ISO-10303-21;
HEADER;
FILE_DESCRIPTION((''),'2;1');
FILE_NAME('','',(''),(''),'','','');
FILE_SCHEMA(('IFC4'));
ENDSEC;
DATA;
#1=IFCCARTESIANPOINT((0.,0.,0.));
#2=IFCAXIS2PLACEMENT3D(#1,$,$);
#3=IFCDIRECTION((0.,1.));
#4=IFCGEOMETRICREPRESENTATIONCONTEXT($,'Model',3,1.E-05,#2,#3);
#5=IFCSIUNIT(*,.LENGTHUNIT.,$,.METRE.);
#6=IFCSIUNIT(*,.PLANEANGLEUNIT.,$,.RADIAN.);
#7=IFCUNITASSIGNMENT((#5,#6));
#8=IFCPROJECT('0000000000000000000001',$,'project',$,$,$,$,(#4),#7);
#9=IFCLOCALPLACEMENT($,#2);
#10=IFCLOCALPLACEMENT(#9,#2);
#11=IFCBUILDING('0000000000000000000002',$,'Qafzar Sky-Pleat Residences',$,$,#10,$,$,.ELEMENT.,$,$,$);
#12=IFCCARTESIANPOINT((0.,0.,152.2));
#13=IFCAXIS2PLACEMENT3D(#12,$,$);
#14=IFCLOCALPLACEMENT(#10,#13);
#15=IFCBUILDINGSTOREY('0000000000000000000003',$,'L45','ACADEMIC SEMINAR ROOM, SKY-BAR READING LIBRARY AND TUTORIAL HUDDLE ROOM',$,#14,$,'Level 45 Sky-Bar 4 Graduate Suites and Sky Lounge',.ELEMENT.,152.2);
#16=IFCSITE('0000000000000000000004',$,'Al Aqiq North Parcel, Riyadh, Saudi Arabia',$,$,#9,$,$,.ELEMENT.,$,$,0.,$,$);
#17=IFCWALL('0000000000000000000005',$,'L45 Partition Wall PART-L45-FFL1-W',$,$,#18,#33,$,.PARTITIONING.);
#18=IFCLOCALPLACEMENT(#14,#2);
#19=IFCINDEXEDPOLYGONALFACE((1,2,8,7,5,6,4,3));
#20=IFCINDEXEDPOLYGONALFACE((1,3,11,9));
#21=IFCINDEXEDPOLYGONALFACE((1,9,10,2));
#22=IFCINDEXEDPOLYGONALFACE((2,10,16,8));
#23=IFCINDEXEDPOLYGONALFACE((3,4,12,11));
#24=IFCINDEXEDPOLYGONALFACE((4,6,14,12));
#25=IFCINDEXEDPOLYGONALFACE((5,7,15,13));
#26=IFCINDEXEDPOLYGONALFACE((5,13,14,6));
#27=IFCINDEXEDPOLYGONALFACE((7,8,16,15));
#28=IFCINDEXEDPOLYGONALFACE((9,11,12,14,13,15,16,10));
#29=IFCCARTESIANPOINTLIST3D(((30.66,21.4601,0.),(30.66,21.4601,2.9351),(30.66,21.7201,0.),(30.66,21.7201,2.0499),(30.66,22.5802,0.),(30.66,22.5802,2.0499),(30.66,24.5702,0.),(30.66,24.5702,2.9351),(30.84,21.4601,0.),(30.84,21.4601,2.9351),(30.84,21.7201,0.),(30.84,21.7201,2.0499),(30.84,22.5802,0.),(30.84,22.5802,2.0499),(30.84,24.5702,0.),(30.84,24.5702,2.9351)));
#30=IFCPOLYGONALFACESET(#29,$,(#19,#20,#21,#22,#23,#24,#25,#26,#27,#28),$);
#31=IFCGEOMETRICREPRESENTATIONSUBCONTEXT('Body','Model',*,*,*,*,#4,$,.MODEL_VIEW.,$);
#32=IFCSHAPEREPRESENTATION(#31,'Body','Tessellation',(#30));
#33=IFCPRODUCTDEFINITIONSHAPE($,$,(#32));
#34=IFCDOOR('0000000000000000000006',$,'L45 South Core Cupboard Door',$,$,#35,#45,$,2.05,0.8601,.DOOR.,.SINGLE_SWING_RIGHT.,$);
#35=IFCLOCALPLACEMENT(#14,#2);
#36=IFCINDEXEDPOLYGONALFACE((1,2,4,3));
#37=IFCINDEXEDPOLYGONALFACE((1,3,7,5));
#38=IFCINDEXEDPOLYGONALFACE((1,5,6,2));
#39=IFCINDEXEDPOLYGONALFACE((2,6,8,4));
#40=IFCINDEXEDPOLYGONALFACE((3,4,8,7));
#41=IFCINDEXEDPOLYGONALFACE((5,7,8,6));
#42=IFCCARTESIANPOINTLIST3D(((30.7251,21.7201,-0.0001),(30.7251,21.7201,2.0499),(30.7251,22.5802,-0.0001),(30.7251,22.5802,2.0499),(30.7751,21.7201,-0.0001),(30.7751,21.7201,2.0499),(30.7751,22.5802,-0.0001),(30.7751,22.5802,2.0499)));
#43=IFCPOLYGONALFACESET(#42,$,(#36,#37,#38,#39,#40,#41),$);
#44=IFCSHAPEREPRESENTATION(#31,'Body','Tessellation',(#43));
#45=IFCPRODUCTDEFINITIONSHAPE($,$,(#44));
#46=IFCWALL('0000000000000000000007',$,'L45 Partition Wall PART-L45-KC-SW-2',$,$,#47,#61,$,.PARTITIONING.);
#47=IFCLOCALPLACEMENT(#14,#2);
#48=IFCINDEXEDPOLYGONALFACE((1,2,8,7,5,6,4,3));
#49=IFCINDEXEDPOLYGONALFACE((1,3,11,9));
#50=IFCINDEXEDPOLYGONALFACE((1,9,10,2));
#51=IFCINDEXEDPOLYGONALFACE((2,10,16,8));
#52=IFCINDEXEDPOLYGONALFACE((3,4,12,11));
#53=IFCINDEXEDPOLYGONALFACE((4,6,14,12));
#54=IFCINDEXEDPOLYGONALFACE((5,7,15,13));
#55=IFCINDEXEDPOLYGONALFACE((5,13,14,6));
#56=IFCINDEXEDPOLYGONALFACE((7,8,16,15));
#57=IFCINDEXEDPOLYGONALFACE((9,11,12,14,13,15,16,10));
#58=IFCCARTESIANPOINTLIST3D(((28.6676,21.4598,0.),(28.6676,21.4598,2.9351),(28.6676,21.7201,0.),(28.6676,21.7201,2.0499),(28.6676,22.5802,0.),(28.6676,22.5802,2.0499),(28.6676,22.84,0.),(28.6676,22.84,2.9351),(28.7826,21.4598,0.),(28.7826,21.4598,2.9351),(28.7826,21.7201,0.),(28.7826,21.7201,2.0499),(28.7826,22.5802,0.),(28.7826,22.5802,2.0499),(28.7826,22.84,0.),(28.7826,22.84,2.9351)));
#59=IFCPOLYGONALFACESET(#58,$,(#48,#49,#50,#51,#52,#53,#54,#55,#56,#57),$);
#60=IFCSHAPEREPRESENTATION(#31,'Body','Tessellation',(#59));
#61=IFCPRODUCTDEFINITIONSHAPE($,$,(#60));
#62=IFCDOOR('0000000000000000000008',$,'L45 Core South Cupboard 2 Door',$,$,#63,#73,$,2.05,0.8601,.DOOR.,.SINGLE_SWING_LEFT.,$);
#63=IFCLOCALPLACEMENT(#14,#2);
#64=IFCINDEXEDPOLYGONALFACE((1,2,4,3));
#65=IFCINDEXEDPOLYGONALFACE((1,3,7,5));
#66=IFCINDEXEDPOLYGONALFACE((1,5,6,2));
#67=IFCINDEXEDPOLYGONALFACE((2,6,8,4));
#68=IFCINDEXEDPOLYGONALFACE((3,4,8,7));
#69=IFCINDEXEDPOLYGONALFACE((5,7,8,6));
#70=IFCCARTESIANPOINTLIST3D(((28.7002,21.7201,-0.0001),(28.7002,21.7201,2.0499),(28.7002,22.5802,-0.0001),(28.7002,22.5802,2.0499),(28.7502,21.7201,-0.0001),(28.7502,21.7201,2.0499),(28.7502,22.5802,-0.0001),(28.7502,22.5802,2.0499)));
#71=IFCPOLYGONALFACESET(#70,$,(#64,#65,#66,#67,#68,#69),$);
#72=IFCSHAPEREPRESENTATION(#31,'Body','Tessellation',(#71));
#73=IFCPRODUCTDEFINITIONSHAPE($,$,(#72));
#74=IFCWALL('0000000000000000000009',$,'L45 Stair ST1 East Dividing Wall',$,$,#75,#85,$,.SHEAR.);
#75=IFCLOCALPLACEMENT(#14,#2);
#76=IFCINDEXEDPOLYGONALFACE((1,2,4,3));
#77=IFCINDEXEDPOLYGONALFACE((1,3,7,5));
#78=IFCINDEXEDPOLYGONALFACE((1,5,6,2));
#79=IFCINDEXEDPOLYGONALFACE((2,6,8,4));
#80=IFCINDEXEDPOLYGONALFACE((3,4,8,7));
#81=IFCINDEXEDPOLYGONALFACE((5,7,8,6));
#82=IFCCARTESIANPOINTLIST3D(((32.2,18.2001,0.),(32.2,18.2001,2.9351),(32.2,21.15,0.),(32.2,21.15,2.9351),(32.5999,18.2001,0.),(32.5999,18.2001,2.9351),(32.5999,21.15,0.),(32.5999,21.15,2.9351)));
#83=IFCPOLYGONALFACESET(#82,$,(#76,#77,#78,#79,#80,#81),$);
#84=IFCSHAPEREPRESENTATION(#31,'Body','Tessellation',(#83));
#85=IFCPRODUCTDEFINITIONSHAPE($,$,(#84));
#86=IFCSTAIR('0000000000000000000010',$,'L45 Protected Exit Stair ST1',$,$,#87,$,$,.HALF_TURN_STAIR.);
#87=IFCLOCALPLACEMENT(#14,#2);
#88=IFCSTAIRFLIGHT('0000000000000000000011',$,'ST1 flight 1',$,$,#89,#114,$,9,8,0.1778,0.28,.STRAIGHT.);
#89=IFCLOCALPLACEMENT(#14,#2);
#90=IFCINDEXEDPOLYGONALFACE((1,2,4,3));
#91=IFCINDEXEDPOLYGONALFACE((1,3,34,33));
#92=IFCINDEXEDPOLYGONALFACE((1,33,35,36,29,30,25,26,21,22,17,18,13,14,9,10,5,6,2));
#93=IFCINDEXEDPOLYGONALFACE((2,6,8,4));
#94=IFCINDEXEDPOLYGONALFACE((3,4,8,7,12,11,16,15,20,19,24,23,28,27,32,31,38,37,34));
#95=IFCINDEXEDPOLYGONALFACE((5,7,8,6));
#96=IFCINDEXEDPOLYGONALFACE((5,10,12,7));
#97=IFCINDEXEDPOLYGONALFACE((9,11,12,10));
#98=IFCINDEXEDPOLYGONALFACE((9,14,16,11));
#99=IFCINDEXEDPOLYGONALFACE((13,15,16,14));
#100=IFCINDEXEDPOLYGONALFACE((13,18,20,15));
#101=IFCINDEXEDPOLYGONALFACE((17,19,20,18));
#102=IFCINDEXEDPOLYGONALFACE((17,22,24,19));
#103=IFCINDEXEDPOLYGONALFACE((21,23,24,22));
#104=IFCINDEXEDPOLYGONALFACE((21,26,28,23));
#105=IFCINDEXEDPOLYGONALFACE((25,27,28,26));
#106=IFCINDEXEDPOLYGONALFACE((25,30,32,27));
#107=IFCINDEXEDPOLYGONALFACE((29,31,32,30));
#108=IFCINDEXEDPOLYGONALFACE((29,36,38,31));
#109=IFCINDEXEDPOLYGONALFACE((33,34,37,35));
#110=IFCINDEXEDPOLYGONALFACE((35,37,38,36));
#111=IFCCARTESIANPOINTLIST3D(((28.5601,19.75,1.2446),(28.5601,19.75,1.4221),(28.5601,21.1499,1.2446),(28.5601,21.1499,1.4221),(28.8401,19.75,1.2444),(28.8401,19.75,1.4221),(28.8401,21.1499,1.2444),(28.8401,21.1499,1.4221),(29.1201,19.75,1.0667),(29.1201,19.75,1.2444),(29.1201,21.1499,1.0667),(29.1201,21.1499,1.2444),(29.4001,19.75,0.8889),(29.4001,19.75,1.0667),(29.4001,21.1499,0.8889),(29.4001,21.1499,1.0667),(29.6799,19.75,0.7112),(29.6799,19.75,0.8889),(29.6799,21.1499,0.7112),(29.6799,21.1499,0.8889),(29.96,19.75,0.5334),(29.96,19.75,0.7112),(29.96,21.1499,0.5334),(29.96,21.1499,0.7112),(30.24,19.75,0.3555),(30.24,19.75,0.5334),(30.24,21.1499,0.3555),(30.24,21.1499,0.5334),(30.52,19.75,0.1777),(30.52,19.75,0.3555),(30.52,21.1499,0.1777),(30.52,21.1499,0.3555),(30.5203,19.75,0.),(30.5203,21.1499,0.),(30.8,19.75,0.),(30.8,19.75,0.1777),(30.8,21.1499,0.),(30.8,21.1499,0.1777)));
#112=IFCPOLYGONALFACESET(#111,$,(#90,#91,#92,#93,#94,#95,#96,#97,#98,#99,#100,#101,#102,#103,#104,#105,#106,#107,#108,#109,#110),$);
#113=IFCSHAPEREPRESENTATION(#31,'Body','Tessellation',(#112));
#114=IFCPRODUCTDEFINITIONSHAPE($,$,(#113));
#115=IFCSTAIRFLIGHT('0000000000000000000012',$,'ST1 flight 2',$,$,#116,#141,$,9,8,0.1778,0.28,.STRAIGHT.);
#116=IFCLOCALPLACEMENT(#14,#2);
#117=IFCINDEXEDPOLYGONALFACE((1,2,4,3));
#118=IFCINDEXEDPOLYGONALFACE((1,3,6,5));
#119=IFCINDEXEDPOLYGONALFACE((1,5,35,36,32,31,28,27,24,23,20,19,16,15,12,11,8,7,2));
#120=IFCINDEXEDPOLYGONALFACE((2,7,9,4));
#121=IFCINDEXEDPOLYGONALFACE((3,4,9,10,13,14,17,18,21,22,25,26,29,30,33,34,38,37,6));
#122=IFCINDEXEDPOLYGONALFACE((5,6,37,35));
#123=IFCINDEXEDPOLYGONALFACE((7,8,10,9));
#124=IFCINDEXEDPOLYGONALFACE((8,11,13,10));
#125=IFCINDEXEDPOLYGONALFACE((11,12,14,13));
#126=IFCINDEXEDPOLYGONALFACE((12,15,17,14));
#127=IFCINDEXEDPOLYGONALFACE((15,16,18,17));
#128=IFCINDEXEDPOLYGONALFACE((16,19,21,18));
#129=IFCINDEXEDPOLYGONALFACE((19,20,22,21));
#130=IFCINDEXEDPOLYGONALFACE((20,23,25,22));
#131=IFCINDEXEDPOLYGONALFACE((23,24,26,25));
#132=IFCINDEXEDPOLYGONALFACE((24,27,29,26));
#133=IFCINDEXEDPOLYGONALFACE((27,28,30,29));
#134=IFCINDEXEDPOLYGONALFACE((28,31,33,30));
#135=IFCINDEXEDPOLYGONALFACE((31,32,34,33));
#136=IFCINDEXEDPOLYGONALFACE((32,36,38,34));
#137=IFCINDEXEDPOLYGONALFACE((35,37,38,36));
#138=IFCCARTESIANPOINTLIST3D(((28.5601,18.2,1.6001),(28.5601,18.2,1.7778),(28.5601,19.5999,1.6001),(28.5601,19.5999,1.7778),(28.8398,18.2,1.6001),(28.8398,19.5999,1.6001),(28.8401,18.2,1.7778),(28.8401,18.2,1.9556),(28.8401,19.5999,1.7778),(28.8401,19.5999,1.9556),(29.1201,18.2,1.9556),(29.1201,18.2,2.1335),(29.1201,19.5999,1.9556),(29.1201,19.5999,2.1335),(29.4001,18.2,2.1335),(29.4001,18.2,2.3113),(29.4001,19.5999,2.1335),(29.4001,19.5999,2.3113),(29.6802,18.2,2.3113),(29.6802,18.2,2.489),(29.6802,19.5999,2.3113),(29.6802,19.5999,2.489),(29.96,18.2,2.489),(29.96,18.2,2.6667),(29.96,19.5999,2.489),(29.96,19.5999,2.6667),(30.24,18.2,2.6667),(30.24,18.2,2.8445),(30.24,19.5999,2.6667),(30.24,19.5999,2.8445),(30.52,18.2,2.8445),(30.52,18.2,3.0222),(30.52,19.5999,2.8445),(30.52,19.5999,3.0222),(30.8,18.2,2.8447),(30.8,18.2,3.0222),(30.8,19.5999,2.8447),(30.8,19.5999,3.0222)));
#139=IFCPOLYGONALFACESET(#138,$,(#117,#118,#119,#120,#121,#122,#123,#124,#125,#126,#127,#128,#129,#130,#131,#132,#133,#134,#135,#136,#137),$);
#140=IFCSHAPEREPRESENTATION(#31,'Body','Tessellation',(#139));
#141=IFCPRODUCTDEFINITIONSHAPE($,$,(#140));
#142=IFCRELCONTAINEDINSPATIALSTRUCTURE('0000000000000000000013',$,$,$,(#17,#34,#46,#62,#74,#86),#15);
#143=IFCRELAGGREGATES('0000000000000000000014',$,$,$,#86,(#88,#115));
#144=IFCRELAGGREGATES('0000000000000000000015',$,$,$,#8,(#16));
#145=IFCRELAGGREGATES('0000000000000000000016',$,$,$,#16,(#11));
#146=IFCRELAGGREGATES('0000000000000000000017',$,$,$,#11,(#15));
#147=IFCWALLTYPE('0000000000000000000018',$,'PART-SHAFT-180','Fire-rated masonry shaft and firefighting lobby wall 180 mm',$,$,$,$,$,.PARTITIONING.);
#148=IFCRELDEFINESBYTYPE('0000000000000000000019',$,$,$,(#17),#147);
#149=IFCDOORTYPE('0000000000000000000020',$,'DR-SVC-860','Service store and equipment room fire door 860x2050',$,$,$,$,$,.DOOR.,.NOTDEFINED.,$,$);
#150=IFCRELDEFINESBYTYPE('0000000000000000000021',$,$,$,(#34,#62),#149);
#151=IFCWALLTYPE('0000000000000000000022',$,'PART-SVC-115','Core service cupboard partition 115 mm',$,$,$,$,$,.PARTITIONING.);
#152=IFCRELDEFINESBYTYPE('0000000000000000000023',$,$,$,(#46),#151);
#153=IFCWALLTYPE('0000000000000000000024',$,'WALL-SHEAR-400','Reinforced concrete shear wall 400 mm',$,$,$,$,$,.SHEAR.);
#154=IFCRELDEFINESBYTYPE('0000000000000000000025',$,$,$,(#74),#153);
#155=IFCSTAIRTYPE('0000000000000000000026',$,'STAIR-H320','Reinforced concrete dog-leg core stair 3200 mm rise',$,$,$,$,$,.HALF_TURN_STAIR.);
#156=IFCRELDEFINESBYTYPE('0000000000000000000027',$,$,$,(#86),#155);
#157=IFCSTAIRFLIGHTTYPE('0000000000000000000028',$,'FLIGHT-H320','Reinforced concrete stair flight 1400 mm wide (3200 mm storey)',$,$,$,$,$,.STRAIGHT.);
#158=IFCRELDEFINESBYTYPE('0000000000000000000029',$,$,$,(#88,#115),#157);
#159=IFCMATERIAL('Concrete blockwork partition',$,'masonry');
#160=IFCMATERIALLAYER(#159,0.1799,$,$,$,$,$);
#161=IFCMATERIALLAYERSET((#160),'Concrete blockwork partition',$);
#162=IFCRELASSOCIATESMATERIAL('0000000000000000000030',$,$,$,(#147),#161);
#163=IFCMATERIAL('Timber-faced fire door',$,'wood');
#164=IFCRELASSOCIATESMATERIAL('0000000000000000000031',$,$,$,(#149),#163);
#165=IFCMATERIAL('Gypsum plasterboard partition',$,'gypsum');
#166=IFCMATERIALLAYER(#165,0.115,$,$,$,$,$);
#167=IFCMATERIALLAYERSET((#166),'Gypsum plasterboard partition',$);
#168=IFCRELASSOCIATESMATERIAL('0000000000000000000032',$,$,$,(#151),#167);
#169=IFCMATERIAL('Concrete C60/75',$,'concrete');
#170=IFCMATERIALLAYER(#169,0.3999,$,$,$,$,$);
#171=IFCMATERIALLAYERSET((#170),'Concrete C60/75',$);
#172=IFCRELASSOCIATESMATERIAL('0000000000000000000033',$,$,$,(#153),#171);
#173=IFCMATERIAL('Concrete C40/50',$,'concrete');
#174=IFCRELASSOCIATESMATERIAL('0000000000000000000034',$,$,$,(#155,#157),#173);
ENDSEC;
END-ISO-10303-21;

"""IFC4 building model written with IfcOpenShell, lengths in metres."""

from ifc_helpers import new_model, si_unit, direction, frame, frame_2d, origin, place, context, subcontext, project, spatial, polyline, rectangle, outline, extrude, source, transform, mapped, material, layer, layer_set, type_object, element, fill, aggregate, save


model = new_model("IFC4")

# Units and contexts
model_context = context("Model", 3, precision=1e-05, world=origin(), true_north=direction((0.0, 1.0)))
body_context = subcontext(model_context, "Body", "Model", "MODEL_VIEW")
ifc_project = project(units=[si_unit("LENGTHUNIT", "METRE"), si_unit("PLANEANGLEUNIT", "RADIAN")], contexts=[model_context])

# Site, building, storey
site_placement = place(None, origin())
site = spatial("IfcSite", under=ifc_project, at=site_placement, Name="Al Aqiq North Parcel, Riyadh, Saudi Arabia", CompositionType="ELEMENT", RefElevation=0.0)
building_placement = place(site_placement, origin())
building = spatial("IfcBuilding", under=site, at=building_placement, Name="Qafzar Sky-Pleat Residences", CompositionType="ELEMENT")
storey_placement = place(building_placement, frame((0.0, 0.0, 152.2)))
storey = spatial("IfcBuildingStorey", under=building, at=storey_placement, Name="L45", Description="ACADEMIC SEMINAR ROOM, SKY-BAR READING LIBRARY AND TUTORIAL HUDDLE ROOM", LongName="Level 45 Sky-Bar 4 Graduate Suites and Sky Lounge", CompositionType="ELEMENT", Elevation=152.2)

# Walls, openings, doors
ifc_material_1 = material(Name="Concrete blockwork partition", Category="masonry")
ifc_layer_1 = layer(ifc_material_1, 0.1799)
ifc_layer_set_1 = layer_set([ifc_layer_1], Name="Concrete blockwork partition")
wall_type_1 = type_object("IfcWallType", Name="PART-SHAFT-180", Description="Fire-rated masonry shaft and firefighting lobby wall 180 mm", PredefinedType="PARTITIONING", material=ifc_layer_set_1)
wall_1_placement = place(storey_placement, frame((30.75, 21.46, 0.0), z_axis=(0.0, 0.0, 1.0), x_axis=(0.0, 1.0, 0.0)))
wall_1 = element("IfcWall", 1, at=wall_1_placement, inside=storey, type_object=wall_type_1, Name="L45 Partition Wall PART-L45-FFL1-W", PredefinedType="PARTITIONING", context=body_context, shape_type="SweptSolid", body=[
    extrude(rectangle(XDim=3.1101, YDim=0.1799, at=frame_2d((1.5552, 0.0))), origin(), (0.0, 0.0, 1.0), 2.9351),
])
opening_1_placement = place(wall_1_placement, frame((0.26, 0.0, 0.0)))
opening_1 = element("IfcOpeningElement", 2, at=opening_1_placement, cuts=wall_1, PredefinedType="OPENING", context=body_context, shape_type="SweptSolid", body=[
    extrude(rectangle(XDim=0.8601, YDim=2.05, at=frame_2d((0.4302, 1.0249))), frame((0.0, 0.1001, 0.0), z_axis=(0.0, -1.0, 0.0), x_axis=(1.0, 0.0, 0.0)), (0.0, 0.0, 1.0), 0.2),
])
ifc_material_2 = material(Name="Timber-faced fire door", Category="wood")
door_type_1 = type_object("IfcDoorType", Name="DR-SVC-860", Description="Service store and equipment room fire door 860x2050", OperationType="NOTDEFINED", PredefinedType="DOOR", material=ifc_material_2)
shared_shape_1 = source(origin(), body_context, "Body", "SweptSolid", [
    extrude(rectangle(XDim=0.8601, YDim=2.05, at=frame_2d((0.4302, 1.0249))), frame((0.0, 0.0249, 0.0), z_axis=(0.0, -1.0, 0.0), x_axis=(1.0, 0.0, 0.0)), (0.0, 0.0, 1.0), 0.05),
])
door_1_placement = place(opening_1_placement, origin())
door_1 = element("IfcDoor", 3, at=door_1_placement, inside=storey, type_object=door_type_1, Name="L45 South Core Cupboard Door", OperationType="SINGLE_SWING_RIGHT", OverallHeight=2.05, OverallWidth=0.8601, PredefinedType="DOOR", context=body_context, shape_type="MappedRepresentation", body=[
    mapped(shared_shape_1, transform((0.0, 0.0, 0.0), x_axis=(1.0, 0.0, 0.0), y_axis=(0.0, 1.0, 0.0), z_axis=(0.0, 0.0, 1.0), scale=1.0)),
])
fill(opening_1, door_1)
ifc_material_3 = material(Name="Gypsum plasterboard partition", Category="gypsum")
ifc_layer_2 = layer(ifc_material_3, 0.115)
ifc_layer_set_2 = layer_set([ifc_layer_2], Name="Gypsum plasterboard partition")
wall_type_2 = type_object("IfcWallType", Name="PART-SVC-115", Description="Core service cupboard partition 115 mm", PredefinedType="PARTITIONING", material=ifc_layer_set_2)
wall_2_placement = place(storey_placement, frame((28.7251, 21.46, 0.0), z_axis=(0.0, 0.0, 1.0), x_axis=(0.0, 1.0, 0.0)))
wall_2 = element("IfcWall", 4, at=wall_2_placement, inside=storey, type_object=wall_type_2, Name="L45 Partition Wall PART-L45-KC-SW-2", PredefinedType="PARTITIONING", context=body_context, shape_type="SweptSolid", body=[
    extrude(rectangle(XDim=1.3801, YDim=0.115, at=frame_2d((0.6899, 0.0))), origin(), (0.0, 0.0, 1.0), 2.9351),
])
opening_2_placement = place(wall_2_placement, frame((0.26, 0.0, 0.0)))
opening_2 = element("IfcOpeningElement", 5, at=opening_2_placement, cuts=wall_2, PredefinedType="OPENING", context=body_context, shape_type="SweptSolid", body=[
    extrude(rectangle(XDim=0.8601, YDim=2.05, at=frame_2d((0.4302, 1.0249))), frame((0.0, 0.0674, 0.0), z_axis=(0.0, -1.0, 0.0), x_axis=(1.0, 0.0, 0.0)), (0.0, 0.0, 1.0), 0.135),
])
door_2_placement = place(opening_2_placement, origin())
door_2 = element("IfcDoor", 6, at=door_2_placement, inside=storey, type_object=door_type_1, Name="L45 Core South Cupboard 2 Door", OperationType="SINGLE_SWING_LEFT", OverallHeight=2.05, OverallWidth=0.8601, PredefinedType="DOOR", context=body_context, shape_type="MappedRepresentation", body=[
    mapped(shared_shape_1, transform((0.0, 0.0, 0.0), x_axis=(1.0, 0.0, 0.0), y_axis=(0.0, 1.0, 0.0), z_axis=(0.0, 0.0, 1.0), scale=1.0)),
])
fill(opening_2, door_2)

# Wall
ifc_material_4 = material(Name="Concrete C60/75", Category="concrete")
ifc_layer_3 = layer(ifc_material_4, 0.3999)
ifc_layer_set_3 = layer_set([ifc_layer_3], Name="Concrete C60/75")
wall_type_3 = type_object("IfcWallType", Name="WALL-SHEAR-400", Description="Reinforced concrete shear wall 400 mm", PredefinedType="SHEAR", material=ifc_layer_set_3)
wall_3_placement = place(storey_placement, frame((32.3999, 18.2, 0.0), z_axis=(0.0, 0.0, 1.0), x_axis=(0.0, 1.0, 0.0)))
element("IfcWall", 7, at=wall_3_placement, inside=storey, type_object=wall_type_3, Name="L45 Stair ST1 East Dividing Wall", PredefinedType="SHEAR", context=body_context, shape_type="SweptSolid", body=[
    extrude(rectangle(XDim=2.95, YDim=0.3999, at=frame_2d((1.4751, 0.0))), origin(), (0.0, 0.0, 1.0), 2.9351),
])

# Stair, stair flights
ifc_material_5 = material(Name="Concrete C40/50", Category="concrete")
stair_type = type_object("IfcStairType", Name="STAIR-H320", Description="Reinforced concrete dog-leg core stair 3200 mm rise", PredefinedType="HALF_TURN_STAIR", material=ifc_material_5)
stair_placement = place(storey_placement, origin())
stair = element("IfcStair", 8, at=stair_placement, inside=storey, type_object=stair_type, Name="L45 Protected Exit Stair ST1", PredefinedType="HALF_TURN_STAIR")
stair_flight_type = type_object("IfcStairFlightType", Name="FLIGHT-H320", Description="Reinforced concrete stair flight 1400 mm wide (3200 mm storey)", PredefinedType="STRAIGHT", material=ifc_material_5)
shared_shape_2 = source(origin(), body_context, "Body", "SweptSolid", [
    extrude(outline(polyline([(0.0, 0.0), (0.0, 0.1777), (0.28, 0.1777), (0.28, 0.3555), (0.5601, 0.3555), (0.5601, 0.5334), (0.8401, 0.5334), (0.8401, 0.7112), (1.1201, 0.7112), (1.1201, 0.8889), (1.3999, 0.8889), (1.3999, 1.0667), (1.6799, 1.0667), (1.6799, 1.2444), (1.96, 1.2444), (1.96, 1.4221), (2.24, 1.4221), (2.24, 1.6001), (2.24, 1.2446), (0.2798, 0.0), (0.0, 0.0)])), frame((0.0, 0.7, 0.0), z_axis=(0.0, -1.0, 0.0), x_axis=(1.0, 0.0, 0.0)), (0.0, 0.0, 1.0), 1.3999),
])
stair_flight_1_placement = place(storey_placement, frame((30.8, 20.45, 0.0), z_axis=(0.0, 0.0, 1.0), x_axis=(-1.0, 0.0, 0.0)))
stair_flight_1 = element("IfcStairFlight", 9, at=stair_flight_1_placement, type_object=stair_flight_type, Name="ST1 flight 1", NumberOfRisers=9, NumberOfTreads=8, PredefinedType="STRAIGHT", RiserHeight=0.1778, TreadLength=0.28, context=body_context, shape_type="MappedRepresentation", body=[
    mapped(shared_shape_2, transform((0.0, 0.0, 0.0), x_axis=(1.0, 0.0, 0.0), y_axis=(0.0, 1.0, 0.0), z_axis=(0.0, 0.0, 1.0), scale=1.0)),
])
stair_flight_2_placement = place(storey_placement, frame((28.5601, 18.8999, 1.6001), z_axis=(0.0, 0.0, 1.0), x_axis=(1.0, 0.0, 0.0)))
stair_flight_2 = element("IfcStairFlight", 10, at=stair_flight_2_placement, type_object=stair_flight_type, Name="ST1 flight 2", NumberOfRisers=9, NumberOfTreads=8, PredefinedType="STRAIGHT", RiserHeight=0.1778, TreadLength=0.28, context=body_context, shape_type="MappedRepresentation", body=[
    mapped(shared_shape_2, transform((0.0, 0.0, 0.0), x_axis=(1.0, 0.0, 0.0), y_axis=(0.0, 1.0, 0.0), z_axis=(0.0, 0.0, 1.0), scale=1.0)),
])
aggregate(stair, [stair_flight_1, stair_flight_2])

save(model, "model.ifc")
